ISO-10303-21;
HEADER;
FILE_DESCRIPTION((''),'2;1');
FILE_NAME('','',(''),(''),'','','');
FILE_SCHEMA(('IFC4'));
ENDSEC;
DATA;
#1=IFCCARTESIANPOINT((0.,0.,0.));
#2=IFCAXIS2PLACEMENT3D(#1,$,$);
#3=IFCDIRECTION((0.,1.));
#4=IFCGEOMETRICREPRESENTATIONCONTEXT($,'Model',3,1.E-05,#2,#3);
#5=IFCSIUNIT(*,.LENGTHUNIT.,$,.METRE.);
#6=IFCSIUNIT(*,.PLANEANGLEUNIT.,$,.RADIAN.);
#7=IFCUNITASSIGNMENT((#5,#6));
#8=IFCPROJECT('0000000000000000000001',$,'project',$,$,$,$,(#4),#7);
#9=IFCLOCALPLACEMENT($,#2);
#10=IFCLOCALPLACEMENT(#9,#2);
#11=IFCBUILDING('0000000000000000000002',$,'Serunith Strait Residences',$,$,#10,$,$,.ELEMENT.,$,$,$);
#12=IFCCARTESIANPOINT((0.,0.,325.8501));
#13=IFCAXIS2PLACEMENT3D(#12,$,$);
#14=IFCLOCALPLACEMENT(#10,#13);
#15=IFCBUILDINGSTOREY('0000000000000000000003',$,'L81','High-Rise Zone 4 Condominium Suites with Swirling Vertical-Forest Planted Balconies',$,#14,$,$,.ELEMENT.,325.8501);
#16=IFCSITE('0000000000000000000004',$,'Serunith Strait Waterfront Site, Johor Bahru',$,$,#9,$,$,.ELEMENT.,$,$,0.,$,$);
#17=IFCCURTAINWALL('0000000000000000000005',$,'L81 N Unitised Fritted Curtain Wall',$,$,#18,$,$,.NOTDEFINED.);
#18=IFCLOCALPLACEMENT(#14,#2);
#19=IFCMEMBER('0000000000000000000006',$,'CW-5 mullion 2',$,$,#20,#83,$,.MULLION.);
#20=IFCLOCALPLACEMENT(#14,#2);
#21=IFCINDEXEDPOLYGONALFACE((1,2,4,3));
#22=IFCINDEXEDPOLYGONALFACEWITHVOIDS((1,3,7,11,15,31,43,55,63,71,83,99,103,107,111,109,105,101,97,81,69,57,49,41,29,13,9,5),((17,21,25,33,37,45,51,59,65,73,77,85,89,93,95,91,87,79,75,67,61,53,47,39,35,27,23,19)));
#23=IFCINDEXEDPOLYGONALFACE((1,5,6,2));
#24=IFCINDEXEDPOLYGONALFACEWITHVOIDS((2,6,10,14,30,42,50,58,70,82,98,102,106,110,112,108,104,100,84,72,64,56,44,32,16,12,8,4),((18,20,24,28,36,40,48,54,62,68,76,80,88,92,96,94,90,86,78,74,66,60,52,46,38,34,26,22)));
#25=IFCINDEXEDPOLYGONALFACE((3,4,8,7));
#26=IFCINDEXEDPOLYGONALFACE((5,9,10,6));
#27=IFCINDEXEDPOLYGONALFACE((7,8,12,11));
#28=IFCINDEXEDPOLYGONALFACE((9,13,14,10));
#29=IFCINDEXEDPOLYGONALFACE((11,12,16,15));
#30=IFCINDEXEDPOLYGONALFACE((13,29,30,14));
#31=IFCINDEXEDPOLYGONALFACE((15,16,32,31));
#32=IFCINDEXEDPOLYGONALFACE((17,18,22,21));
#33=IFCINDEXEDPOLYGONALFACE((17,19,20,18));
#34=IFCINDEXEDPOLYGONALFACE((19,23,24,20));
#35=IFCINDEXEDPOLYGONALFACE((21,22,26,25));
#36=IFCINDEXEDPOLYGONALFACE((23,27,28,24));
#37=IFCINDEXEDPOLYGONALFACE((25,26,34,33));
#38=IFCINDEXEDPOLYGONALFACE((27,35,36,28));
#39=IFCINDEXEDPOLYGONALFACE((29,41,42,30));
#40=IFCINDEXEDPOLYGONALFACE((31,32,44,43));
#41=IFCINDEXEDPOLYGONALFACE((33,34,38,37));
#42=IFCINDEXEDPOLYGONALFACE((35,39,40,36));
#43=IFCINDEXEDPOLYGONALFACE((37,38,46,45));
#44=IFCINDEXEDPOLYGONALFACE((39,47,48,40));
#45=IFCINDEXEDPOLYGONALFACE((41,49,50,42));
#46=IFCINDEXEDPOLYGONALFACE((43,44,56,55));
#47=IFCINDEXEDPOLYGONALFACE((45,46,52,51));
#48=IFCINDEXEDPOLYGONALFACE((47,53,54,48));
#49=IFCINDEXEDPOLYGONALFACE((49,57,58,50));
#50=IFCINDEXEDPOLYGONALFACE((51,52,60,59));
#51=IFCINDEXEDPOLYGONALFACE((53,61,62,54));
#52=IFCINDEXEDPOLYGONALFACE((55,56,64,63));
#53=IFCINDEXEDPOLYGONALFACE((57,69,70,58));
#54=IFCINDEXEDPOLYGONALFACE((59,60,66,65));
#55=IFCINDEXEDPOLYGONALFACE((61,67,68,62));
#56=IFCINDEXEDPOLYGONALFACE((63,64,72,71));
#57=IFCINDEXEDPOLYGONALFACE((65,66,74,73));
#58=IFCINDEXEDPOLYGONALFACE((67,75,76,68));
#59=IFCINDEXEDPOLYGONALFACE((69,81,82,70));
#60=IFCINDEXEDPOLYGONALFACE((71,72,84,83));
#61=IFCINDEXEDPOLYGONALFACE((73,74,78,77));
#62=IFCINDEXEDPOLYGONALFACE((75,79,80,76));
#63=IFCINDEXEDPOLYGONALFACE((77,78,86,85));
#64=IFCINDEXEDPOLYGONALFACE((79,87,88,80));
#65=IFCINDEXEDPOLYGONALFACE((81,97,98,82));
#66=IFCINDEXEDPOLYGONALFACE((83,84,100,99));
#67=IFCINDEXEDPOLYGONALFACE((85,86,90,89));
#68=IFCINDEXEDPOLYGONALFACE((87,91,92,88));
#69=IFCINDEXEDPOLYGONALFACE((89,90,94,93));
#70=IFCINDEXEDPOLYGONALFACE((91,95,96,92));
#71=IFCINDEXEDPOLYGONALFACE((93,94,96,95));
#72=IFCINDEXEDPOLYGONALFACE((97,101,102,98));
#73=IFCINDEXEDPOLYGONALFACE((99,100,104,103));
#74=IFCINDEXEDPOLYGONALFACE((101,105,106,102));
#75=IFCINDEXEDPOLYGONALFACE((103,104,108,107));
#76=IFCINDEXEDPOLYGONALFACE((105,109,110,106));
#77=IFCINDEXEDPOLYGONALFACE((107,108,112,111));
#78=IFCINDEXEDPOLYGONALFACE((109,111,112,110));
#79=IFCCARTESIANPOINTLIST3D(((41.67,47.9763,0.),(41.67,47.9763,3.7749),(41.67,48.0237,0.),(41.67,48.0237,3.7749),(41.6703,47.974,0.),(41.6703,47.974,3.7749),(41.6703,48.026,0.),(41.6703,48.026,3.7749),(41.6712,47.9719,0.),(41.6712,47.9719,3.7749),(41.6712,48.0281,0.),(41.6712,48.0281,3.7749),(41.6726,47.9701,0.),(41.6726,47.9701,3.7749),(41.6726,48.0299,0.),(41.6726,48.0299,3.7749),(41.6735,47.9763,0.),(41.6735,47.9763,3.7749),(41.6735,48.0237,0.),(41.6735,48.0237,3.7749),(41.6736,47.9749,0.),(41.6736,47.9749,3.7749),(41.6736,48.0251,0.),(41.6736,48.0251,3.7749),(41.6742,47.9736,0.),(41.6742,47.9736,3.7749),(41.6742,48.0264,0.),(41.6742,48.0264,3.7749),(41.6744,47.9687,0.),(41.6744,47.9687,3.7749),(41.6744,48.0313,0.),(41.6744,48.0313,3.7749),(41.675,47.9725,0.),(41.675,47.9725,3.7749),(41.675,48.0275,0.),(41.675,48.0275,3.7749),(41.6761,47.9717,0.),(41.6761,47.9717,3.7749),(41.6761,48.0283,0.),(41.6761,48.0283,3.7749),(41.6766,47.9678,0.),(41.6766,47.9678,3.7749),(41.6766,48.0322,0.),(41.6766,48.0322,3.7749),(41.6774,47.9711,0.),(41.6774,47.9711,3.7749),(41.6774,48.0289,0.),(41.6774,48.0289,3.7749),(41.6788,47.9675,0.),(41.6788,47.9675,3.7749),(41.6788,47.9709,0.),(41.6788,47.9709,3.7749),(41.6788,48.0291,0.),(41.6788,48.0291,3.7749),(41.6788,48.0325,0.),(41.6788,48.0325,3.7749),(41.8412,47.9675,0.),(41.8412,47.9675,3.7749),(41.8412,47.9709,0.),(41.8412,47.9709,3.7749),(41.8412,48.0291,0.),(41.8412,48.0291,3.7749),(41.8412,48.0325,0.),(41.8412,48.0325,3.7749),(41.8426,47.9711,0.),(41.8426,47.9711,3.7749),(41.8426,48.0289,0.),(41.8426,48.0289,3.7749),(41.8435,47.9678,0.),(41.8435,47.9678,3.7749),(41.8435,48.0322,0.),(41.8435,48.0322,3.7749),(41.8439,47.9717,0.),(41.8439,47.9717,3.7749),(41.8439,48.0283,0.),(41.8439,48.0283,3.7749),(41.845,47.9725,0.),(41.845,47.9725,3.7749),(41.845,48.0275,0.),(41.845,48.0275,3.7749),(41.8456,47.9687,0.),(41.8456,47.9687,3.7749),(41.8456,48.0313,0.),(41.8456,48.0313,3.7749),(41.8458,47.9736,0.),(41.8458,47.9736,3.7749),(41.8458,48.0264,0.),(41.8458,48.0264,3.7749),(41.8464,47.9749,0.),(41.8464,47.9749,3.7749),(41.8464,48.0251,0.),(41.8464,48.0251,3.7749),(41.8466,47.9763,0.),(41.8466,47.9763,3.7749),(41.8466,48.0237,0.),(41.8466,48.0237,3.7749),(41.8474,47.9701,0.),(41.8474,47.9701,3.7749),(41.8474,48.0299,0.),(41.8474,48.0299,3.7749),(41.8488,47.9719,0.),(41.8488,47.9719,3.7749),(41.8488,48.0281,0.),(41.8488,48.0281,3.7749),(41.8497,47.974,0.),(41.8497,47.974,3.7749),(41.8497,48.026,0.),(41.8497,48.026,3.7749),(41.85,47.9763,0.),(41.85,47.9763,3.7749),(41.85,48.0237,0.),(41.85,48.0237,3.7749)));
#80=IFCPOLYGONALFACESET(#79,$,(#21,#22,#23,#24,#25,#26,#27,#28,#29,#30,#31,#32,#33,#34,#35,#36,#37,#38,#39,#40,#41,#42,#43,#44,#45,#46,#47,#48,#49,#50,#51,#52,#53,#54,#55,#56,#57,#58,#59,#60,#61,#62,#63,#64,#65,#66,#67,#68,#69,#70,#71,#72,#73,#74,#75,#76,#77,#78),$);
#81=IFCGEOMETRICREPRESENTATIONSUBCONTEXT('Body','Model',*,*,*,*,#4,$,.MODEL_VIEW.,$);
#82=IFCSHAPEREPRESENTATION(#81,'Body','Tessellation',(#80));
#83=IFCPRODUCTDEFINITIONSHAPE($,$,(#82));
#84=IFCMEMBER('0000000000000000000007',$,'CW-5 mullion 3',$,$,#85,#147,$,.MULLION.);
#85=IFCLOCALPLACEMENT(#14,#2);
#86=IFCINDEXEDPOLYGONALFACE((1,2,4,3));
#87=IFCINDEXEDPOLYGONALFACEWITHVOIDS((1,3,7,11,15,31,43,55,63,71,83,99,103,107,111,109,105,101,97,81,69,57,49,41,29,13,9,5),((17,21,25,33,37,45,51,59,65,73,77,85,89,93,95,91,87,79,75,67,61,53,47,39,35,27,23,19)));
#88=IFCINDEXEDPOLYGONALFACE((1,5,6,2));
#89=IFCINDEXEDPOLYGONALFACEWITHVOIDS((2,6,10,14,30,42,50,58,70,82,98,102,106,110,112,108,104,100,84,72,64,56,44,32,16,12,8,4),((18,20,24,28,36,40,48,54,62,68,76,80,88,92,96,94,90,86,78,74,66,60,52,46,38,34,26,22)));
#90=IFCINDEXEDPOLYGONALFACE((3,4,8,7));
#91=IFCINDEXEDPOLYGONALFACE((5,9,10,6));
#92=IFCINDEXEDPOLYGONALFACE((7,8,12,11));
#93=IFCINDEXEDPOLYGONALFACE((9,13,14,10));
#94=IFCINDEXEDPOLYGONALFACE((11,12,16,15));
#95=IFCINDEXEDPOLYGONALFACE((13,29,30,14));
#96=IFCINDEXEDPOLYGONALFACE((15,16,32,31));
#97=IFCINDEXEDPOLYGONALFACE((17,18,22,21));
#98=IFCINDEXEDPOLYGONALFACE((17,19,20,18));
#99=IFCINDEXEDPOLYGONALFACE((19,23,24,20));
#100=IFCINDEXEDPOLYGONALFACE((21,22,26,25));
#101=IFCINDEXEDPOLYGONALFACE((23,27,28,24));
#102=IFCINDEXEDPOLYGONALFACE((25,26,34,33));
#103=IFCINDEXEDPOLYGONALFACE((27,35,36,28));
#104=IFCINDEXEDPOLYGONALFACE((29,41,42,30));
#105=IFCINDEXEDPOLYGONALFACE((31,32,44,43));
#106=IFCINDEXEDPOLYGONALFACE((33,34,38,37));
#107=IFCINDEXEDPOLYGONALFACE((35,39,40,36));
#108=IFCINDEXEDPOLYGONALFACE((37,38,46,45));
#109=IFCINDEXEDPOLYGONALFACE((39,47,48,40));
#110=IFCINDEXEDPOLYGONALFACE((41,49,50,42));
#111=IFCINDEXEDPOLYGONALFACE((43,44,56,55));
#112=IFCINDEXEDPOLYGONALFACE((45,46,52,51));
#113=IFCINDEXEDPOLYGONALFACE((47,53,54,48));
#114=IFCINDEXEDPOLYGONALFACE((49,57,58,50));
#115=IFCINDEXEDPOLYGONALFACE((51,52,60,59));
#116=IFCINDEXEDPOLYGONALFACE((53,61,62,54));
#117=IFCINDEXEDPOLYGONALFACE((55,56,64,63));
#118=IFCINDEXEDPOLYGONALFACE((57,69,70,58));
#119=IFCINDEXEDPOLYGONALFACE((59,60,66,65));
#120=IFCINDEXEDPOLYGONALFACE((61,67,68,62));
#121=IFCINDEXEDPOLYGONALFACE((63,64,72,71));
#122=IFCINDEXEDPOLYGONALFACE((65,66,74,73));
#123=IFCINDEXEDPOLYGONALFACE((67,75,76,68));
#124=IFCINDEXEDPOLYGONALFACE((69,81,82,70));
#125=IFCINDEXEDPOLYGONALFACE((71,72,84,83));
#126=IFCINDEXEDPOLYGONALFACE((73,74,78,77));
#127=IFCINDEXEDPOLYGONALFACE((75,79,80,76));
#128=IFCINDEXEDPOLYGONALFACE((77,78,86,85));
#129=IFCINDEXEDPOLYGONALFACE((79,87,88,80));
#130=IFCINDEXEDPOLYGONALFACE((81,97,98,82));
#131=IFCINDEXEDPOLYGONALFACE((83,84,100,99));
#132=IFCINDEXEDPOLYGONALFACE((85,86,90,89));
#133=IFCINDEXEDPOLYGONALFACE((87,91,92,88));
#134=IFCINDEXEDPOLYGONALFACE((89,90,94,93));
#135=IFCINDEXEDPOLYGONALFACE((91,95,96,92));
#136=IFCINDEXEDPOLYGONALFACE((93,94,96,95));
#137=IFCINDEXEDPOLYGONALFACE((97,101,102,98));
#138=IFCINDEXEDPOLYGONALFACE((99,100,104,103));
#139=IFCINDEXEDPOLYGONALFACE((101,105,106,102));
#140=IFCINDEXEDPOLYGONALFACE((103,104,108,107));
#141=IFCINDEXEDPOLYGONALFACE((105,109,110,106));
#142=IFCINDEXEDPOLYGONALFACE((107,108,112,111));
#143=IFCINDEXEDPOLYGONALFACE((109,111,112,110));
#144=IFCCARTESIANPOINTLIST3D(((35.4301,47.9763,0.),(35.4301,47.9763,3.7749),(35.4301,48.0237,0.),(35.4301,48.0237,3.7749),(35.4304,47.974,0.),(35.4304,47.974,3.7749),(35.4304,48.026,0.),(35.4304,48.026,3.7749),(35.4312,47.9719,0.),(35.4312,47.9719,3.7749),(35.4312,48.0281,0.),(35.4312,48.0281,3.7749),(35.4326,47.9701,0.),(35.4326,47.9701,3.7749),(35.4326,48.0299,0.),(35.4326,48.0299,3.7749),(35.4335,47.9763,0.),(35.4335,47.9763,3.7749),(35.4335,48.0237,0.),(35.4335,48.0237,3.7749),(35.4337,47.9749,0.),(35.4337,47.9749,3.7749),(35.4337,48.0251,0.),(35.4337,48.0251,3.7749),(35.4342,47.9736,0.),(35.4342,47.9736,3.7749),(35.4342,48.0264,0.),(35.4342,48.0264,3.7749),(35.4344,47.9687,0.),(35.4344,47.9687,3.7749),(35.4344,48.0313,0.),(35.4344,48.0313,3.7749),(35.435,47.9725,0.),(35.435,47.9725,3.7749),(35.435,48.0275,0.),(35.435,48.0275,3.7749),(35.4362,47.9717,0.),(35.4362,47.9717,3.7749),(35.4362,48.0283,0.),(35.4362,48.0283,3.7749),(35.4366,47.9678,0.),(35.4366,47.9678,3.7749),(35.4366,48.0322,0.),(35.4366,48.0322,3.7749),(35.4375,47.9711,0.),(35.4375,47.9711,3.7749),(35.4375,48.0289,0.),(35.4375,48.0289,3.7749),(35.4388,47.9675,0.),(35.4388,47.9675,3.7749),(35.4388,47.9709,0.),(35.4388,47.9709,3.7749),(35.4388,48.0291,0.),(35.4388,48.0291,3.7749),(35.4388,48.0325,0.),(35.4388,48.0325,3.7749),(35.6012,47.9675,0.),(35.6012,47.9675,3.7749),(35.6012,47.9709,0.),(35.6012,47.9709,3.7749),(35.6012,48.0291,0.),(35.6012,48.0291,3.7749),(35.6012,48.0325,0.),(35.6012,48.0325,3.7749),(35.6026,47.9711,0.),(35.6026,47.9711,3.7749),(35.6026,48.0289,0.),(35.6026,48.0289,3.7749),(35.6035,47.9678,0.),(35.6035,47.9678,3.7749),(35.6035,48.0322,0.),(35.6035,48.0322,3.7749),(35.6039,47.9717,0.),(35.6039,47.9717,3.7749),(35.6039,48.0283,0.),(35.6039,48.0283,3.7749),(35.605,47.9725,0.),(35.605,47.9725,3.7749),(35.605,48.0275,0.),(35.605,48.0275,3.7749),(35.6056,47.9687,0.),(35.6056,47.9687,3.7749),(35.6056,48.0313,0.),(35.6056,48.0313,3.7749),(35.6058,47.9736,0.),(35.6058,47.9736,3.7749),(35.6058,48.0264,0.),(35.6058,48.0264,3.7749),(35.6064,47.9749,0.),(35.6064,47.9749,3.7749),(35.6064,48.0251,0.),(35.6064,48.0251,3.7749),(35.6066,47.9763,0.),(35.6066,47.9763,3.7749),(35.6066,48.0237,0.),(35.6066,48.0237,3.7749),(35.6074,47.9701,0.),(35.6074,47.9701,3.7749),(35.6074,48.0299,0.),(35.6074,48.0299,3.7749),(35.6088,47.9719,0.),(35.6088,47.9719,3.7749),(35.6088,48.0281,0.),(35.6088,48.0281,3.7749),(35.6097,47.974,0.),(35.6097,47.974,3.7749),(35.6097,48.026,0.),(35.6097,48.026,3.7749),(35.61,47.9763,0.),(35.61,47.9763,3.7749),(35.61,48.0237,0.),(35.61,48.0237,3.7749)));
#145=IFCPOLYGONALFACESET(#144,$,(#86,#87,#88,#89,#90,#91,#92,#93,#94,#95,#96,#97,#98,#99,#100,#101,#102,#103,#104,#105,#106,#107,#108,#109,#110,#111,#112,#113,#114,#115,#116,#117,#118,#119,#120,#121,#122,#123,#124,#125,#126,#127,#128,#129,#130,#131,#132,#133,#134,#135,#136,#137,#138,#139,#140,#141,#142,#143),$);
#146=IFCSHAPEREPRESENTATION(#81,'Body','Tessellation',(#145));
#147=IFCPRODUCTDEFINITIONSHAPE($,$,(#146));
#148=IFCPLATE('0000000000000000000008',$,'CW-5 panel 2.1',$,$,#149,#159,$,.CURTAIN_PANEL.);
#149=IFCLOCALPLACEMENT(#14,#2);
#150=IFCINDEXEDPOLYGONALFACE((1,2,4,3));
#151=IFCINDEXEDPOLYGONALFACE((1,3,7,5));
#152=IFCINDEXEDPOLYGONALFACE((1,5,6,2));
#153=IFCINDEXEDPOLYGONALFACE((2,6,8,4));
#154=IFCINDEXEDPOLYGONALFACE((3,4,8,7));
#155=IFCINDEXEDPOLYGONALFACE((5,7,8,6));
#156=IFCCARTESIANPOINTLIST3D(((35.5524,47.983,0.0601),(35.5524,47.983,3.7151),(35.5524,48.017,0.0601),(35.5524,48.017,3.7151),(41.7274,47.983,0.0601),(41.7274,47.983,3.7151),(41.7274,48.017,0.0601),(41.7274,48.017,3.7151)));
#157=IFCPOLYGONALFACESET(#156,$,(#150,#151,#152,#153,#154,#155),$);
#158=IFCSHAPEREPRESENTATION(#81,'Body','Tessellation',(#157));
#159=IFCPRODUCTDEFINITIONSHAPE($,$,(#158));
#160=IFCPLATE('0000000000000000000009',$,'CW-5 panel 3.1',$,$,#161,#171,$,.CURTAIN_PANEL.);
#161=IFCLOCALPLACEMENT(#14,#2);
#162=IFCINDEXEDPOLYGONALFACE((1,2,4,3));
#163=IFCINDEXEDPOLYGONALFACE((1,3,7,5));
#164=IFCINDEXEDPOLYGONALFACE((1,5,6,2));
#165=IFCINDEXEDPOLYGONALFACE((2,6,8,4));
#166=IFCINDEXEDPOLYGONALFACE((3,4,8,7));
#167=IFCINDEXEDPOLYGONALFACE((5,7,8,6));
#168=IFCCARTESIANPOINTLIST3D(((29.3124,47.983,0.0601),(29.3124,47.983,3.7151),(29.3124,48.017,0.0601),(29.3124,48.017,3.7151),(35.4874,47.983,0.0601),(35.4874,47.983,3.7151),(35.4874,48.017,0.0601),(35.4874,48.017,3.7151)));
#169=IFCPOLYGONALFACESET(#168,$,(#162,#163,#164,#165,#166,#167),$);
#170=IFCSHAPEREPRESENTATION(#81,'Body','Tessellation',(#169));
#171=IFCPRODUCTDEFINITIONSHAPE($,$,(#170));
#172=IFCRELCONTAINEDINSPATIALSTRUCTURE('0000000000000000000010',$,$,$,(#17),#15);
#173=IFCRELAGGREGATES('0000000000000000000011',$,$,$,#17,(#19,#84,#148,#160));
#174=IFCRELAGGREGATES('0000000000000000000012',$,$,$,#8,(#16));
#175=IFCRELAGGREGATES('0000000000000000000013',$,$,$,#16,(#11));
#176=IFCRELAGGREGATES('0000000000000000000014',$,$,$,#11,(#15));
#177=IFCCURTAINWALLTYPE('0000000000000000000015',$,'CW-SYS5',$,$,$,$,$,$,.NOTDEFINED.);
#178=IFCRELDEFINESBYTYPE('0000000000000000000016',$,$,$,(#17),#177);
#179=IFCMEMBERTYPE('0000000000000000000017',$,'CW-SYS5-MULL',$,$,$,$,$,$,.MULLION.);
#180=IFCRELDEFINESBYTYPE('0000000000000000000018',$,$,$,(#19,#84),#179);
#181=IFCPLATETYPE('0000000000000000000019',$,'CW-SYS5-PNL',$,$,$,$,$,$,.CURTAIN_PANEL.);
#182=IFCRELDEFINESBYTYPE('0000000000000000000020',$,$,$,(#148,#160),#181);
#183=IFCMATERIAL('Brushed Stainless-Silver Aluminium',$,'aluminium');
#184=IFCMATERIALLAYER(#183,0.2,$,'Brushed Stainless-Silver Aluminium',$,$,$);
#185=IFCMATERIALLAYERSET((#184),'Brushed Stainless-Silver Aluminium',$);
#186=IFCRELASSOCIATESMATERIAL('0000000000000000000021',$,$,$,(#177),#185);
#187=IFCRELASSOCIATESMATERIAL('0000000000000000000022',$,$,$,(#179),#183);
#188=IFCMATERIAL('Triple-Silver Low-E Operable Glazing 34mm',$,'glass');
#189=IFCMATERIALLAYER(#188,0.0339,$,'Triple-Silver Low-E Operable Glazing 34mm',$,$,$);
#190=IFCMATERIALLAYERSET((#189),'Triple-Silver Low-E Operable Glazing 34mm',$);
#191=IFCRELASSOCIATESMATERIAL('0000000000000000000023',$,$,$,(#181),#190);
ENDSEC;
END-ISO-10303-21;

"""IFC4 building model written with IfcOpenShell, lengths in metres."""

from ifc_helpers import new_model, si_unit, direction, frame, origin, origin_2d, place, context, subcontext, project, spatial, rectangle, hollow_rectangle, extrude, source, transform, mapped, material, layer, layer_set, material_profile, profile_set, type_object, element, aggregate, save


model = new_model("IFC4")

# Units and contexts
model_context = context("Model", 3, precision=1e-05, world=origin(), true_north=direction((0.0, 1.0)))
body_context = subcontext(model_context, "Body", "Model", "MODEL_VIEW")
ifc_project = project(units=[si_unit("LENGTHUNIT", "METRE"), si_unit("PLANEANGLEUNIT", "RADIAN")], contexts=[model_context])

# Site, building, storey
site_placement = place(None, origin())
site = spatial("IfcSite", under=ifc_project, at=site_placement, Name="Serunith Strait Waterfront Site, Johor Bahru", CompositionType="ELEMENT", RefElevation=0.0)
building_placement = place(site_placement, origin())
building = spatial("IfcBuilding", under=site, at=building_placement, Name="Serunith Strait Residences", CompositionType="ELEMENT")
storey_placement = place(building_placement, frame((0.0, 0.0, 325.8501)))
storey = spatial("IfcBuildingStorey", under=building, at=storey_placement, Name="L81", Description="High-Rise Zone 4 Condominium Suites with Swirling Vertical-Forest Planted Balconies", CompositionType="ELEMENT", Elevation=325.8501)

# Curtain wall, members, plates
ifc_material_1 = material(Name="Brushed Stainless-Silver Aluminium", Category="aluminium")
ifc_layer_1 = layer(ifc_material_1, 0.2, Name="Brushed Stainless-Silver Aluminium")
ifc_layer_set_1 = layer_set([ifc_layer_1], Name="Brushed Stainless-Silver Aluminium")
curtain_wall_type = type_object("IfcCurtainWallType", Name="CW-SYS5", PredefinedType="NOTDEFINED", material=ifc_layer_set_1)
curtain_wall_placement = place(storey_placement, origin())
curtain_wall = element("IfcCurtainWall", 1, at=curtain_wall_placement, inside=storey, type_object=curtain_wall_type, Name="L81 N Unitised Fritted Curtain Wall", PredefinedType="NOTDEFINED")
ifc_material_profile_1 = material_profile(ifc_material_1, hollow_rectangle(XDim=0.0649, YDim=0.1799, WallThickness=0.0034, InnerFilletRadius=0.0054, OuterFilletRadius=0.0088, at=origin_2d()), Name="ALU 180x65x3.5")
ifc_profile_set_1 = profile_set([ifc_material_profile_1], Name="Brushed Stainless-Silver Aluminium")
member_type_1 = type_object("IfcMemberType", Name="CW-SYS5-MULL", PredefinedType="MULLION", material=ifc_profile_set_1)
shared_shape_1 = source(origin(), body_context, "Body", "SweptSolid", [
    extrude(hollow_rectangle(XDim=0.0649, YDim=0.1799, WallThickness=0.0034, InnerFilletRadius=0.0054, OuterFilletRadius=0.0088, at=origin_2d()), origin(), (0.0, 0.0, 1.0), 3.7749),
])
member_1_placement = place(storey_placement, frame((41.76, 48.0, 0.0), z_axis=(0.0, 0.0, 1.0), x_axis=(0.0, -1.0, 0.0)))
member_1 = element("IfcMember", 2, at=member_1_placement, type_object=member_type_1, Name="CW-5 mullion 2", PredefinedType="MULLION", context=body_context, shape_type="MappedRepresentation", body=[
    mapped(shared_shape_1, transform((0.0, 0.0, 0.0), scale=1.0)),
])
member_2_placement = place(storey_placement, frame((35.52, 48.0, 0.0), z_axis=(0.0, 0.0, 1.0), x_axis=(0.0, -1.0, 0.0)))
member_2 = element("IfcMember", 3, at=member_2_placement, type_object=member_type_1, Name="CW-5 mullion 3", PredefinedType="MULLION", context=body_context, shape_type="MappedRepresentation", body=[
    mapped(shared_shape_1, transform((0.0, 0.0, 0.0), scale=1.0)),
])
ifc_material_2 = material(Name="Triple-Silver Low-E Operable Glazing 34mm", Category="glass")
ifc_layer_2 = layer(ifc_material_2, 0.0339, Name="Triple-Silver Low-E Operable Glazing 34mm")
ifc_layer_set_2 = layer_set([ifc_layer_2], Name="Triple-Silver Low-E Operable Glazing 34mm")
plate_type = type_object("IfcPlateType", Name="CW-SYS5-PNL", PredefinedType="CURTAIN_PANEL", material=ifc_layer_set_2)
shared_shape_2 = source(origin(), body_context, "Body", "SweptSolid", [
    extrude(rectangle(XDim=6.175, YDim=0.0339, at=origin_2d()), origin(), (0.0, 0.0, 1.0), 3.655),
])
plate_1_placement = place(storey_placement, frame((38.6399, 48.0, 0.0601), z_axis=(0.0, 0.0, 1.0), x_axis=(-1.0, 0.0, 0.0)))
plate_1 = element("IfcPlate", 4, at=plate_1_placement, type_object=plate_type, Name="CW-5 panel 2.1", PredefinedType="CURTAIN_PANEL", context=body_context, shape_type="MappedRepresentation", body=[
    mapped(shared_shape_2, transform((0.0, 0.0, 0.0), scale=1.0)),
])
plate_2_placement = place(storey_placement, frame((32.3999, 48.0, 0.0601), z_axis=(0.0, 0.0, 1.0), x_axis=(-1.0, 0.0, 0.0)))
plate_2 = element("IfcPlate", 5, at=plate_2_placement, type_object=plate_type, Name="CW-5 panel 3.1", PredefinedType="CURTAIN_PANEL", context=body_context, shape_type="MappedRepresentation", body=[
    mapped(shared_shape_2, transform((0.0, 0.0, 0.0), scale=1.0)),
])
aggregate(curtain_wall, [member_1, member_2, plate_1, plate_2])

save(model, "model.ifc")
